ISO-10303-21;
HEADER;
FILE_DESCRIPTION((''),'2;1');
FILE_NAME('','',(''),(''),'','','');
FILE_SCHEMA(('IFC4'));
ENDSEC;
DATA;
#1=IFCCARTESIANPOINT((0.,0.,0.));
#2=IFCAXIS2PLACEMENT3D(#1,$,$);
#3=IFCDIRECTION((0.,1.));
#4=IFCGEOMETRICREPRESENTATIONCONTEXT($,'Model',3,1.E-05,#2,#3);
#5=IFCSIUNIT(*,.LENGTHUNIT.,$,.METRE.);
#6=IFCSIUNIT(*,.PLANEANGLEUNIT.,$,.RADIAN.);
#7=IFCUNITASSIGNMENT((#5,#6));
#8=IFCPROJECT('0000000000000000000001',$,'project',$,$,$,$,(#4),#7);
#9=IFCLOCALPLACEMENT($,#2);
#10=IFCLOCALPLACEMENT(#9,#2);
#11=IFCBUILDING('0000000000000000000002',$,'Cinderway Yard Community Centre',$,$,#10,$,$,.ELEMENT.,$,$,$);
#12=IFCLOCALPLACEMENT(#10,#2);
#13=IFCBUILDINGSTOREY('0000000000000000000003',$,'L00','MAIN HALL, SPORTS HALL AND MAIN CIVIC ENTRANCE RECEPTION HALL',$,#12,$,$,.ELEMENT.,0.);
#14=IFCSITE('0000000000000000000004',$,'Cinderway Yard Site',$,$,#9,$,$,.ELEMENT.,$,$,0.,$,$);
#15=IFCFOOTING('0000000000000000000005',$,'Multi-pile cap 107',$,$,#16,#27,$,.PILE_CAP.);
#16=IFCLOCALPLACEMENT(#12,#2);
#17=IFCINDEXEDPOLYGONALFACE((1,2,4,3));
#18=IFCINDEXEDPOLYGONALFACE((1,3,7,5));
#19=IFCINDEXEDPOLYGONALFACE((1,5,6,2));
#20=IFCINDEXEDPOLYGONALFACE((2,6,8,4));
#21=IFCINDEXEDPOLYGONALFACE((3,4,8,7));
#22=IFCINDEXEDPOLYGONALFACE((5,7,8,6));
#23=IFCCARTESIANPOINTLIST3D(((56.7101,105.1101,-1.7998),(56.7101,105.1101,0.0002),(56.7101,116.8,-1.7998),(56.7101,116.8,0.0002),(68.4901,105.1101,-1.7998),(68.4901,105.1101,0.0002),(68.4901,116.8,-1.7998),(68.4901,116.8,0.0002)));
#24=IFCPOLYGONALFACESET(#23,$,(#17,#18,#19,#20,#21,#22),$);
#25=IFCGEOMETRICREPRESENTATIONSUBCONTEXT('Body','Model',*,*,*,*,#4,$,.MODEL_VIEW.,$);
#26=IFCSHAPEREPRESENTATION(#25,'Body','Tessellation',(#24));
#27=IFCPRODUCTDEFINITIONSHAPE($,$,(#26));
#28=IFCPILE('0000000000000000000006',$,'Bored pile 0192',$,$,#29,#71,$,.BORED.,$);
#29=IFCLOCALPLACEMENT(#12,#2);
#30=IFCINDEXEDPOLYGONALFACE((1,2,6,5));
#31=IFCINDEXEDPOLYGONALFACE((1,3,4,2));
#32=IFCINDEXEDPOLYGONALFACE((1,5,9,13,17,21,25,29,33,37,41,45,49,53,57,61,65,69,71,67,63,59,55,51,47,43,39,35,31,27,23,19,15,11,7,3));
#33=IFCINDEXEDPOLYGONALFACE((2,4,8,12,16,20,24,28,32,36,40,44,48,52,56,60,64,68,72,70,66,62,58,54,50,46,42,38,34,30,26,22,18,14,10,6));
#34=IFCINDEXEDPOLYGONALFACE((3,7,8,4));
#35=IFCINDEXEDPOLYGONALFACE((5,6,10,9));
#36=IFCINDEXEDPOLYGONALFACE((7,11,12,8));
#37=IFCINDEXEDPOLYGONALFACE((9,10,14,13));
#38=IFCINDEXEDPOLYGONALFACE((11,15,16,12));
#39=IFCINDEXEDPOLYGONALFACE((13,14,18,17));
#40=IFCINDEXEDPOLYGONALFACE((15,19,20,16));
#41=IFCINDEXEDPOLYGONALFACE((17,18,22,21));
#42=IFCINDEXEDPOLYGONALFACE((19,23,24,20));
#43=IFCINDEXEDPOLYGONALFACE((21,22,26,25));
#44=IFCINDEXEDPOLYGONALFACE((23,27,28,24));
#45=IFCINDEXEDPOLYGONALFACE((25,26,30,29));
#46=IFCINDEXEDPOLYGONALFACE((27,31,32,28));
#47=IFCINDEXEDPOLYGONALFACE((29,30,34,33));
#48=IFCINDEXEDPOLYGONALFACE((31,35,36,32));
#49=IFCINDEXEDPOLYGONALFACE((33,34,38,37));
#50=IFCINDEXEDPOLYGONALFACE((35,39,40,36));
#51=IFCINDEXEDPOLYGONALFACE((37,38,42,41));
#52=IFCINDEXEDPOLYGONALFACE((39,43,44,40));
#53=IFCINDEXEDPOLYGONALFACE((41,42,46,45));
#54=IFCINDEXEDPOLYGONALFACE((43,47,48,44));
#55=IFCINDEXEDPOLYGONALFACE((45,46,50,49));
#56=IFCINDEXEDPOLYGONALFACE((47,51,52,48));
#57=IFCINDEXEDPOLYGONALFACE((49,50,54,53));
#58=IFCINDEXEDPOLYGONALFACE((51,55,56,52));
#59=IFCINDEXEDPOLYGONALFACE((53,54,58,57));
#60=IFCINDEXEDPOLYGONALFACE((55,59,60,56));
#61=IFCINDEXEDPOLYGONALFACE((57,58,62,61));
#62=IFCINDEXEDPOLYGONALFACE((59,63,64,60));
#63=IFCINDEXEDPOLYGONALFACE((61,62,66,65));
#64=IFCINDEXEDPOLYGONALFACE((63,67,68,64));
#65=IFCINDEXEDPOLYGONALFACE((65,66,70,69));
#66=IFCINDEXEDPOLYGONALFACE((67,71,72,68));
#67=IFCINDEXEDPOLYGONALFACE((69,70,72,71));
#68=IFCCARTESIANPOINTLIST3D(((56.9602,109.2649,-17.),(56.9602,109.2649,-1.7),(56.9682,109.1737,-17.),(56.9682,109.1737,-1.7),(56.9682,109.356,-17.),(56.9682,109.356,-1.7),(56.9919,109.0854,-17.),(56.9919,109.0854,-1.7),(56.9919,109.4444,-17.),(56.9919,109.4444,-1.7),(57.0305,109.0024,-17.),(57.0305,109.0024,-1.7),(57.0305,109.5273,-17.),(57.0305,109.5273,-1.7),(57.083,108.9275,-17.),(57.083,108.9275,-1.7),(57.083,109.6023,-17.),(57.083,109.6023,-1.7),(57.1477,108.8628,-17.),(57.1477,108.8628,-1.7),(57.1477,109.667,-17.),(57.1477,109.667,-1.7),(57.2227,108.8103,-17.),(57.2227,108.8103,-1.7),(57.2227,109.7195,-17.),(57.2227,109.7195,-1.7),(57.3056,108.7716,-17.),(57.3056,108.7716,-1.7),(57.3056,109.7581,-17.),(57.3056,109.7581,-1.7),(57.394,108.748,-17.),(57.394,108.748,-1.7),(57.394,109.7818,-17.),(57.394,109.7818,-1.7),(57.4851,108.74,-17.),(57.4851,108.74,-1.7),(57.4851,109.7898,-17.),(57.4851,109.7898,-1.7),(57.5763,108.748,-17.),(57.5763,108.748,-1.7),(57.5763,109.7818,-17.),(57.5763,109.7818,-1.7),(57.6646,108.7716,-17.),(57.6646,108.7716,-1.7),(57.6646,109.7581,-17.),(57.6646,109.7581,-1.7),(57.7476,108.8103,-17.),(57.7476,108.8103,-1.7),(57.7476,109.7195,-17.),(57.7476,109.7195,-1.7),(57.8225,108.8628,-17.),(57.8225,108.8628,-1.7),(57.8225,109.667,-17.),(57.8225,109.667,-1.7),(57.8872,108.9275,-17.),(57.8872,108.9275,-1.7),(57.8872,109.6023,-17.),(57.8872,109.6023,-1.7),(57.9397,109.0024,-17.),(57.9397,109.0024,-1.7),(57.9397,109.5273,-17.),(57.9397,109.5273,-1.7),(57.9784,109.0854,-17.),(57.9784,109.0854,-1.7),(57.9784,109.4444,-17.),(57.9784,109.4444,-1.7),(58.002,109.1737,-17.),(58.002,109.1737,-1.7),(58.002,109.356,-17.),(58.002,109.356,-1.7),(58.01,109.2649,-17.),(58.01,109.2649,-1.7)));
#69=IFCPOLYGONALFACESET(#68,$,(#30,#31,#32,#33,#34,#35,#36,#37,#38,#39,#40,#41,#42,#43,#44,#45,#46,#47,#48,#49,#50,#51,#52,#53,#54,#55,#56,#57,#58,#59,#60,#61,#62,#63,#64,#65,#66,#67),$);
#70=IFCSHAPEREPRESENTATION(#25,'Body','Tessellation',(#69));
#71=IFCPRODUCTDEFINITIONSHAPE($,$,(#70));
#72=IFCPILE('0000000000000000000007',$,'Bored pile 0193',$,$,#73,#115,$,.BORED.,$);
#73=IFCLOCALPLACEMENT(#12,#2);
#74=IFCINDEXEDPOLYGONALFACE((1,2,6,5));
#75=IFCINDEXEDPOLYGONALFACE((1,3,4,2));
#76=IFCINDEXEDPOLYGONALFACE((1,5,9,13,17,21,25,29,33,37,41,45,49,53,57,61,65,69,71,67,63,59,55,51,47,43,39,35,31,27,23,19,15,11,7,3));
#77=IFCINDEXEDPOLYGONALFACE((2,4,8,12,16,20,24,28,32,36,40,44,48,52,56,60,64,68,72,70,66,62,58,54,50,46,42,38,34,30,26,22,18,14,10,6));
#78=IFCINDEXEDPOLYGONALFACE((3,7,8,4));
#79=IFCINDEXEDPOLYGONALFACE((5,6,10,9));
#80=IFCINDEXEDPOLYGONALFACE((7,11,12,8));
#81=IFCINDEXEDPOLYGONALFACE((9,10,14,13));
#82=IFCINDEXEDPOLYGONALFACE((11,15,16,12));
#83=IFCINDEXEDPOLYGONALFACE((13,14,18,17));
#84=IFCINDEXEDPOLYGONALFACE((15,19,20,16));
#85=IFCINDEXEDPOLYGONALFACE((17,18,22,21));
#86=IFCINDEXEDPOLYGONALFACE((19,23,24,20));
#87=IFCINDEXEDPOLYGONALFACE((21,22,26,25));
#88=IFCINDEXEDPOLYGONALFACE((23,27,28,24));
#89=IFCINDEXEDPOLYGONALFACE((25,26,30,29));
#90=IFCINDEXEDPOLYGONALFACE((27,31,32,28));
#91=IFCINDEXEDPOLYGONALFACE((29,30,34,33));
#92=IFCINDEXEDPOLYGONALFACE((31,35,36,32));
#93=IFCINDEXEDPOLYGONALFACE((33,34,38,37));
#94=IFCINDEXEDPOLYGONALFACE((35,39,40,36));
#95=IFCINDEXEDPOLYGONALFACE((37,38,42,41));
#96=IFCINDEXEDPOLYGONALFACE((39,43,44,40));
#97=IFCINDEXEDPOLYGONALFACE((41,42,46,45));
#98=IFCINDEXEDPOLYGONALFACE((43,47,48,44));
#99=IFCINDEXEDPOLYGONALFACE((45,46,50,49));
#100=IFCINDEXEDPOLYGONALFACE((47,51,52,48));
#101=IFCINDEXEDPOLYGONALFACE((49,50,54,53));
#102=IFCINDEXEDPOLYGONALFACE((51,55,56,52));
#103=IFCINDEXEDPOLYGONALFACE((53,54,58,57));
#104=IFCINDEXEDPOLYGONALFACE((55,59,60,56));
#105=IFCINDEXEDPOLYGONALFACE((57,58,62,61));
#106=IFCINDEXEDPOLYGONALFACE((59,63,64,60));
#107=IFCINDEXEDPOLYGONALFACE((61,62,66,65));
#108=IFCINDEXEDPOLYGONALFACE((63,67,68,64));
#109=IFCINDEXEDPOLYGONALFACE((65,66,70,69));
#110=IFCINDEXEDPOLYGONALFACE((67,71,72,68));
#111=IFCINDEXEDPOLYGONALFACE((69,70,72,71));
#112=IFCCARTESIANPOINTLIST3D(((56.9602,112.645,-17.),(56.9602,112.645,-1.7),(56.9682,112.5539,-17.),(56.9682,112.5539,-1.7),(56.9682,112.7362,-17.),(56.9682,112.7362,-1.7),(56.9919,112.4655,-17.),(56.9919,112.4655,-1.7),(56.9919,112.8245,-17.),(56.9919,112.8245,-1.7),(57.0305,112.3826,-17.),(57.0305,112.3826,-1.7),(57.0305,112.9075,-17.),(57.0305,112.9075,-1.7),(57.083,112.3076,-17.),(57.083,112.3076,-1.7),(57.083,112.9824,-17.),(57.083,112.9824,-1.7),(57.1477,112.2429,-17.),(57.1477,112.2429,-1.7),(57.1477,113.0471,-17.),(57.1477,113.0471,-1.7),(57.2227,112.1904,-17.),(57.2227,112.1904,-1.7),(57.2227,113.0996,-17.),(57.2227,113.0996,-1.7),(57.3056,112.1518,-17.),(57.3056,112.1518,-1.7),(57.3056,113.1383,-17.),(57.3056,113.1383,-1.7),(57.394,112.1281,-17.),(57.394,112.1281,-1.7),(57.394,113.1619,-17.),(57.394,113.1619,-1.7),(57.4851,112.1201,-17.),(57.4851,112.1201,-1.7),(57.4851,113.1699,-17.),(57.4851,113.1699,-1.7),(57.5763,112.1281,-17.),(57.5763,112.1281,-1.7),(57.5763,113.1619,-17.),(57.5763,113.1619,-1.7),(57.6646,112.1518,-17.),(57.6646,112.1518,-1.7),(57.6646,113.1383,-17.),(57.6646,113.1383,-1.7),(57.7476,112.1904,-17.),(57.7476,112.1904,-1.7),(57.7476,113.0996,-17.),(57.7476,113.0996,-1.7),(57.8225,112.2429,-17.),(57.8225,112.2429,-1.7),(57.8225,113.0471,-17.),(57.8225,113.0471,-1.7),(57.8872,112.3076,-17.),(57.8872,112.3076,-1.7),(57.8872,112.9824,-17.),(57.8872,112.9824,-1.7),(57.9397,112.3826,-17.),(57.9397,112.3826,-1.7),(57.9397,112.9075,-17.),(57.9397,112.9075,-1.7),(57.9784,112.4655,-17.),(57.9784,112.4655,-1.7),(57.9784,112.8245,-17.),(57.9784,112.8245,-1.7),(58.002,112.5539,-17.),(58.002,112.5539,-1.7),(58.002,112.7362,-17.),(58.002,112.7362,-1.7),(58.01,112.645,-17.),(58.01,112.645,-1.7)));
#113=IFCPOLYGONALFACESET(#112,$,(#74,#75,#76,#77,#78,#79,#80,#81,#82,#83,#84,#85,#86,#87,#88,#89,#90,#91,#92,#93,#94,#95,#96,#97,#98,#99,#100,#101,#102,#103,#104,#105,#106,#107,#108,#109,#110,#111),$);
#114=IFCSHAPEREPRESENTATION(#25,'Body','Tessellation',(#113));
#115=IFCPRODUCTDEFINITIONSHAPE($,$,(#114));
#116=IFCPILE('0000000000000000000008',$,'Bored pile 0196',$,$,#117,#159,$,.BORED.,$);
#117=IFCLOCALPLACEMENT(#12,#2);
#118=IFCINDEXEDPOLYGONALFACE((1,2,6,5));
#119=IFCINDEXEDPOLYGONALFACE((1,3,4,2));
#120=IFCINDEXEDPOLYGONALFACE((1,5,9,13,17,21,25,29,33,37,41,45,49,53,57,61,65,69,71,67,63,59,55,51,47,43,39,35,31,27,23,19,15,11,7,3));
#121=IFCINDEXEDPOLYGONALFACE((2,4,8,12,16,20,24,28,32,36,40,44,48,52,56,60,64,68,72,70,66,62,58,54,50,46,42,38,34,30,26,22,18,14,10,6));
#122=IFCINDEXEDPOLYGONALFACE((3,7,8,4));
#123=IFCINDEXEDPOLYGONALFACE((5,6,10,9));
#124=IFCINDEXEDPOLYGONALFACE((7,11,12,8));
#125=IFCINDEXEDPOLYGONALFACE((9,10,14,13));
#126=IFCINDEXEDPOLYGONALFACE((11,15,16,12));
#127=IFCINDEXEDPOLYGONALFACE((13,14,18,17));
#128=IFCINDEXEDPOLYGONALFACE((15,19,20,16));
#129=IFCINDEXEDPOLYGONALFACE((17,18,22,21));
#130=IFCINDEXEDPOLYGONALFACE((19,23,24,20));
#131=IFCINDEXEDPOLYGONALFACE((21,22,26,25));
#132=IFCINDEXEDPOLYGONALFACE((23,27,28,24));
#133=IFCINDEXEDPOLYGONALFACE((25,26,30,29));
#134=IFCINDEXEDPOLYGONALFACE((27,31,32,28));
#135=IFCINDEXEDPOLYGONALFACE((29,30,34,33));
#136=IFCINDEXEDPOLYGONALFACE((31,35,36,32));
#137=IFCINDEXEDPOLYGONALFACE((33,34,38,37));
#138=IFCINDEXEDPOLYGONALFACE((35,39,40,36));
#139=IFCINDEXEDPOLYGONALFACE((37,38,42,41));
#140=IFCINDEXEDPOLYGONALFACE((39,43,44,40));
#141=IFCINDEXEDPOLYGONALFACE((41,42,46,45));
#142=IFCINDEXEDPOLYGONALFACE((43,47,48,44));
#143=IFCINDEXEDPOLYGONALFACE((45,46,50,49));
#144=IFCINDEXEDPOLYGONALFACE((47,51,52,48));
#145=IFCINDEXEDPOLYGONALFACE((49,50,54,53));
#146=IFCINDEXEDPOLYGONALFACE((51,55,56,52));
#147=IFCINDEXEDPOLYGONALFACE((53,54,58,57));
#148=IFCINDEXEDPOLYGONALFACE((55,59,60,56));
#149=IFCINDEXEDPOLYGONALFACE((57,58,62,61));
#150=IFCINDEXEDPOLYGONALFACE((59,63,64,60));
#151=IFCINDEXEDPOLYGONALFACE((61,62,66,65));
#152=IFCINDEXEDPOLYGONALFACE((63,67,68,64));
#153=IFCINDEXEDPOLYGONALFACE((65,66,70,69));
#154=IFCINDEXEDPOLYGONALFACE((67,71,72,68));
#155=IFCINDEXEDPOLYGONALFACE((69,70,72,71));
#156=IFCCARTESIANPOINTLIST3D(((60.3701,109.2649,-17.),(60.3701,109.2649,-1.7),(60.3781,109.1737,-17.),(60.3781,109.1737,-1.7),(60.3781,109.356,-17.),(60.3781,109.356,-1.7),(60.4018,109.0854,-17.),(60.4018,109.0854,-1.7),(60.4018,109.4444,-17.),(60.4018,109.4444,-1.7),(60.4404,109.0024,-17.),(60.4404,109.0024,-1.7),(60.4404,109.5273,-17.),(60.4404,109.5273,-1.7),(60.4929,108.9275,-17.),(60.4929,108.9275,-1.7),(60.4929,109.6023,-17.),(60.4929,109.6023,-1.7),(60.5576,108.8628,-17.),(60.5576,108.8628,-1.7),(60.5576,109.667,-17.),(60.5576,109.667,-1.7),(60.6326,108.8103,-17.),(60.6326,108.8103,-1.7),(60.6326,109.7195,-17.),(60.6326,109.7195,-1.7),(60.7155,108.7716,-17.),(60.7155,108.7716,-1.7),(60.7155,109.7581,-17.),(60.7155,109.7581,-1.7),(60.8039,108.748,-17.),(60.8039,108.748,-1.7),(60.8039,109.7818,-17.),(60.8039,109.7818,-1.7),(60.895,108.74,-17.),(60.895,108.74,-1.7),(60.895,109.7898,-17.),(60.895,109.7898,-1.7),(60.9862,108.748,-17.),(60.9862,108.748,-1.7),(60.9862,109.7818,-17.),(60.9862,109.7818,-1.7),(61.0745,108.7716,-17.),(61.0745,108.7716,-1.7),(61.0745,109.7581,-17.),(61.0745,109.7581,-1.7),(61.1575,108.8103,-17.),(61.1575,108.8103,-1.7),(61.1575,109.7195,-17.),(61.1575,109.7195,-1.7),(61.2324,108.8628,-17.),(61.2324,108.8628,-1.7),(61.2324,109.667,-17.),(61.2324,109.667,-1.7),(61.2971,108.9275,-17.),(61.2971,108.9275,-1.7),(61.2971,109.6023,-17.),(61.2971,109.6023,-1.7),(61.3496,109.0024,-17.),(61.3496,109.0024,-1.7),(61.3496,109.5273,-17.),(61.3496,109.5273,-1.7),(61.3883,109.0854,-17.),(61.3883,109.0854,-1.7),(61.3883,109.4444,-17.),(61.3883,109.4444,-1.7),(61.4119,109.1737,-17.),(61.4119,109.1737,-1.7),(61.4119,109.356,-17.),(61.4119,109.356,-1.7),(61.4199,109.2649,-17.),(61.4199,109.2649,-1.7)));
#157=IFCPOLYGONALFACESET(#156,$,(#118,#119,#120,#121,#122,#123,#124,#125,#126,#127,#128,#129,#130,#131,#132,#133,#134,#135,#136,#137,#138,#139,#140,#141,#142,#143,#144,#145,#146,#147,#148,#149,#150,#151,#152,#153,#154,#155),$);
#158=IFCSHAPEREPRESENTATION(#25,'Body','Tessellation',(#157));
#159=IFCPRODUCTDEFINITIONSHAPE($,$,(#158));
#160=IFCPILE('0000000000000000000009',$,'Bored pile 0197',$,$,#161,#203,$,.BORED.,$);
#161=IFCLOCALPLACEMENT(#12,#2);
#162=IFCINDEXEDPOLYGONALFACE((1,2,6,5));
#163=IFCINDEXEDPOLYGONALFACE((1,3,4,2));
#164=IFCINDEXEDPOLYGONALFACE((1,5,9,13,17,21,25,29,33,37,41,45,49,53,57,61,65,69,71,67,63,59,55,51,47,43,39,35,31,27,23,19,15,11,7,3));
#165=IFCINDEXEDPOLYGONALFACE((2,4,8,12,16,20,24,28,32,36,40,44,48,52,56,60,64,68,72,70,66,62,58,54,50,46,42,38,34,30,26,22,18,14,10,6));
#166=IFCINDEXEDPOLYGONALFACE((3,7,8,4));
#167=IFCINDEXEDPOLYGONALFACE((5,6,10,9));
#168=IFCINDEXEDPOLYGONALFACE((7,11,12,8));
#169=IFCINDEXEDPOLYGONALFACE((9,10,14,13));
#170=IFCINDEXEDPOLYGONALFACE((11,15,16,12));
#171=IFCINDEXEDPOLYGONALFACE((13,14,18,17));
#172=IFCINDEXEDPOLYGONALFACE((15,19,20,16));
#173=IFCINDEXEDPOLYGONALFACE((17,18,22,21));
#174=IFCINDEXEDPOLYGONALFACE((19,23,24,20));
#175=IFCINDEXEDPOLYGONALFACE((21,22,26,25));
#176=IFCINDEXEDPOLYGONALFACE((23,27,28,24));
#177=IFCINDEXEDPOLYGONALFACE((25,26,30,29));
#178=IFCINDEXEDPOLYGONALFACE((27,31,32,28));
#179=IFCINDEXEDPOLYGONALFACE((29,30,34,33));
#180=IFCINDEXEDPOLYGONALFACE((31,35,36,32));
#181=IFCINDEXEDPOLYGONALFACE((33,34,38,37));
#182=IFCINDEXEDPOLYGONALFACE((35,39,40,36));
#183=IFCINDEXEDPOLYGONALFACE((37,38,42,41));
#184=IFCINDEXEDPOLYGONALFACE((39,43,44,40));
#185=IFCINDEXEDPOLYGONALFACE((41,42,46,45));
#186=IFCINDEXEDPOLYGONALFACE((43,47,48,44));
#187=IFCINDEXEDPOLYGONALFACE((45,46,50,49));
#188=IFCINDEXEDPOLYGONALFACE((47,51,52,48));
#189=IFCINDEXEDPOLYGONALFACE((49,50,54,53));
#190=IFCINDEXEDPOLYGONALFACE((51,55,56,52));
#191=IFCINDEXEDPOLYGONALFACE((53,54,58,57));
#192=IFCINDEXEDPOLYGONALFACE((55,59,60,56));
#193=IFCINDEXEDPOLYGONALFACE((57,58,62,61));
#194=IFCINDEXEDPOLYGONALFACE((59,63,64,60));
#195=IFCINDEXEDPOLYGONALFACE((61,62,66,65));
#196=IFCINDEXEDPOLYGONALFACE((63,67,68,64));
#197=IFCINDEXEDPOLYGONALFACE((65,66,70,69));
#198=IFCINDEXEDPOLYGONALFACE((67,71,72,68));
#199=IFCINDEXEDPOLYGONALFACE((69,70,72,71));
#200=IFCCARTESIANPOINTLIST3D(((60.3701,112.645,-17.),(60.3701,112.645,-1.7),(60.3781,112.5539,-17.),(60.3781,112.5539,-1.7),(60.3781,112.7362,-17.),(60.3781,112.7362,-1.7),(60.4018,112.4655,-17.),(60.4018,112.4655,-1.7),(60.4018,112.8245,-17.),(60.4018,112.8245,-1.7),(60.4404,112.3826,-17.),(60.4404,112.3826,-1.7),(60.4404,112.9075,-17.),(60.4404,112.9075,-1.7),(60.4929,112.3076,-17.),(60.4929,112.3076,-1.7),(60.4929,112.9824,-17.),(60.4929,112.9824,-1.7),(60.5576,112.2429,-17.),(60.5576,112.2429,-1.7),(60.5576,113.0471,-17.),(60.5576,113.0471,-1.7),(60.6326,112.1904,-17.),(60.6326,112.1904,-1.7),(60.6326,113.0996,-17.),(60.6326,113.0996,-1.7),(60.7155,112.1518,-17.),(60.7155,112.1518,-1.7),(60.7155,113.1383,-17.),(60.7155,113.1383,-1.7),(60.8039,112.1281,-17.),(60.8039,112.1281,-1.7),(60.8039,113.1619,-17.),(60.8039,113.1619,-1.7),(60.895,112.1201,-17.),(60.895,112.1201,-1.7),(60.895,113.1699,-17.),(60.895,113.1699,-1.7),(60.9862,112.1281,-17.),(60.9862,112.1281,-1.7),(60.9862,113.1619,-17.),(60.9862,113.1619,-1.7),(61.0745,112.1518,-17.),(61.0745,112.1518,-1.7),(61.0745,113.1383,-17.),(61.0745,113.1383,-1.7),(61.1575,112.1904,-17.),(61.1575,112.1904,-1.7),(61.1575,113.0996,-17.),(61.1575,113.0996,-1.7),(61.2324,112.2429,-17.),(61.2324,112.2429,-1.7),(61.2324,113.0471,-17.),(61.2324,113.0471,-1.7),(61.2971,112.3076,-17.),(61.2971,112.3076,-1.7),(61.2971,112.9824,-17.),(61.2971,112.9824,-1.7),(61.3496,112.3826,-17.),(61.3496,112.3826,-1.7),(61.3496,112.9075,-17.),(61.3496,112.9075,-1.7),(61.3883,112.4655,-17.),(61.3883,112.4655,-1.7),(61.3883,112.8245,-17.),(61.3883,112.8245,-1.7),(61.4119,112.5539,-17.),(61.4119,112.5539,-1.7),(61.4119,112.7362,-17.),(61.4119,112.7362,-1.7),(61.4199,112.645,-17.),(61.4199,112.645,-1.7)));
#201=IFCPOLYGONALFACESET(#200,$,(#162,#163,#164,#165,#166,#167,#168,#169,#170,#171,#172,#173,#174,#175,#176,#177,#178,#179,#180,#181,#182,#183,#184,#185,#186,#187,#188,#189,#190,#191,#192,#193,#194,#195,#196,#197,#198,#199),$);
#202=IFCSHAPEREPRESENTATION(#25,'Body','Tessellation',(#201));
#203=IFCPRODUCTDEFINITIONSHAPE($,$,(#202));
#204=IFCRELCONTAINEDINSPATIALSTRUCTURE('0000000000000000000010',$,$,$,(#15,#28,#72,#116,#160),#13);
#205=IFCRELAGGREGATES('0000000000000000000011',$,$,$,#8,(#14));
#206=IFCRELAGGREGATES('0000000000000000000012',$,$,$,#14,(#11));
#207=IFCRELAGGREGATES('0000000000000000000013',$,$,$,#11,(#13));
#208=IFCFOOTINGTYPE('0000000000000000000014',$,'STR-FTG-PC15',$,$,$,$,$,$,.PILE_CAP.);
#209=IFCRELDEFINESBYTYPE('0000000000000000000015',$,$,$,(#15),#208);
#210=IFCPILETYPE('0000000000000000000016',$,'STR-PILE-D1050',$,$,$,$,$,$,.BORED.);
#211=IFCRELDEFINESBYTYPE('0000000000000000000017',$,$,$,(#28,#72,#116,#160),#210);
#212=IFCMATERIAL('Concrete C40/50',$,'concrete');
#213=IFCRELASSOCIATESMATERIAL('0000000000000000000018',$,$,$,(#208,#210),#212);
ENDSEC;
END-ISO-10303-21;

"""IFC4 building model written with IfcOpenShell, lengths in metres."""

from ifc_helpers import new_model, si_unit, direction, frame, origin, origin_2d, place, context, subcontext, project, spatial, rectangle, circle, extrude, material, material_profile, profile_set, type_object, element, save


model = new_model("IFC4")

# Units and contexts
model_context = context("Model", 3, precision=1e-05, world=origin(), true_north=direction((0.0, 1.0)))
body_context = subcontext(model_context, "Body", "Model", "MODEL_VIEW")
ifc_project = project(units=[si_unit("LENGTHUNIT", "METRE"), si_unit("PLANEANGLEUNIT", "RADIAN")], contexts=[model_context])

# Site, building, storey
site_placement = place(None, origin())
site = spatial("IfcSite", under=ifc_project, at=site_placement, Name="Cinderway Yard Site", CompositionType="ELEMENT", RefElevation=0.0)
building_placement = place(site_placement, origin())
building = spatial("IfcBuilding", under=site, at=building_placement, Name="Cinderway Yard Community Centre", CompositionType="ELEMENT")
storey_placement = place(building_placement, origin())
storey = spatial("IfcBuildingStorey", under=building, at=storey_placement, Name="L00", Description="MAIN HALL, SPORTS HALL AND MAIN CIVIC ENTRANCE RECEPTION HALL", CompositionType="ELEMENT", Elevation=0.0)

# Footing
ifc_material_1 = material(Name="Concrete C40/50", Category="concrete")
footing_type = type_object("IfcFootingType", Name="STR-FTG-PC15", PredefinedType="PILE_CAP", material=ifc_material_1)
footing_placement = place(storey_placement, frame((62.6001, 110.9551, -1.7998), z_axis=(0.0, 0.0, 1.0), x_axis=(1.0, 0.0, 0.0)))
element("IfcFooting", 1, at=footing_placement, inside=storey, type_object=footing_type, Name="Multi-pile cap 107", PredefinedType="PILE_CAP", context=body_context, shape_type="SweptSolid", body=[
    extrude(rectangle(XDim=11.78, YDim=11.6899, at=origin_2d()), origin(), (0.0, 0.0, 1.0), 1.8),
])

# Piles
ifc_material_profile_1 = material_profile(ifc_material_1, circle(Radius=0.5249, at=origin_2d()), Name="Concrete C40/50")
ifc_profile_set_1 = profile_set([ifc_material_profile_1], Name="Concrete C40/50")
pile_type = type_object("IfcPileType", Name="STR-PILE-D1050", PredefinedType="BORED", material=ifc_profile_set_1)
for number, where, z_axis, x_axis, name in (
    (2, (57.4851, 109.2649, -1.7), (0.0, 0.0, -1.0), (1.0, 0.0, 0.0), "Bored pile 0192"),
    (3, (57.4851, 112.645, -1.7), (0.0, 0.0, -1.0), (1.0, 0.0, 0.0), "Bored pile 0193"),
    (4, (60.895, 109.2649, -1.7), (0.0, 0.0, -1.0), (1.0, 0.0, 0.0), "Bored pile 0196"),
    (5, (60.895, 112.645, -1.7), (0.0, 0.0, -1.0), (1.0, 0.0, 0.0), "Bored pile 0197"),
):
    element("IfcPile", number, at=place(storey_placement, frame(where, z_axis=z_axis, x_axis=x_axis)), inside=storey, type_object=pile_type, Name=name, PredefinedType="BORED", context=body_context, shape_type="SweptSolid", body=[
        extrude(circle(Radius=0.5249, at=origin_2d()), origin(), (0.0, 0.0, 1.0), 15.3),
    ])

save(model, "model.ifc")
